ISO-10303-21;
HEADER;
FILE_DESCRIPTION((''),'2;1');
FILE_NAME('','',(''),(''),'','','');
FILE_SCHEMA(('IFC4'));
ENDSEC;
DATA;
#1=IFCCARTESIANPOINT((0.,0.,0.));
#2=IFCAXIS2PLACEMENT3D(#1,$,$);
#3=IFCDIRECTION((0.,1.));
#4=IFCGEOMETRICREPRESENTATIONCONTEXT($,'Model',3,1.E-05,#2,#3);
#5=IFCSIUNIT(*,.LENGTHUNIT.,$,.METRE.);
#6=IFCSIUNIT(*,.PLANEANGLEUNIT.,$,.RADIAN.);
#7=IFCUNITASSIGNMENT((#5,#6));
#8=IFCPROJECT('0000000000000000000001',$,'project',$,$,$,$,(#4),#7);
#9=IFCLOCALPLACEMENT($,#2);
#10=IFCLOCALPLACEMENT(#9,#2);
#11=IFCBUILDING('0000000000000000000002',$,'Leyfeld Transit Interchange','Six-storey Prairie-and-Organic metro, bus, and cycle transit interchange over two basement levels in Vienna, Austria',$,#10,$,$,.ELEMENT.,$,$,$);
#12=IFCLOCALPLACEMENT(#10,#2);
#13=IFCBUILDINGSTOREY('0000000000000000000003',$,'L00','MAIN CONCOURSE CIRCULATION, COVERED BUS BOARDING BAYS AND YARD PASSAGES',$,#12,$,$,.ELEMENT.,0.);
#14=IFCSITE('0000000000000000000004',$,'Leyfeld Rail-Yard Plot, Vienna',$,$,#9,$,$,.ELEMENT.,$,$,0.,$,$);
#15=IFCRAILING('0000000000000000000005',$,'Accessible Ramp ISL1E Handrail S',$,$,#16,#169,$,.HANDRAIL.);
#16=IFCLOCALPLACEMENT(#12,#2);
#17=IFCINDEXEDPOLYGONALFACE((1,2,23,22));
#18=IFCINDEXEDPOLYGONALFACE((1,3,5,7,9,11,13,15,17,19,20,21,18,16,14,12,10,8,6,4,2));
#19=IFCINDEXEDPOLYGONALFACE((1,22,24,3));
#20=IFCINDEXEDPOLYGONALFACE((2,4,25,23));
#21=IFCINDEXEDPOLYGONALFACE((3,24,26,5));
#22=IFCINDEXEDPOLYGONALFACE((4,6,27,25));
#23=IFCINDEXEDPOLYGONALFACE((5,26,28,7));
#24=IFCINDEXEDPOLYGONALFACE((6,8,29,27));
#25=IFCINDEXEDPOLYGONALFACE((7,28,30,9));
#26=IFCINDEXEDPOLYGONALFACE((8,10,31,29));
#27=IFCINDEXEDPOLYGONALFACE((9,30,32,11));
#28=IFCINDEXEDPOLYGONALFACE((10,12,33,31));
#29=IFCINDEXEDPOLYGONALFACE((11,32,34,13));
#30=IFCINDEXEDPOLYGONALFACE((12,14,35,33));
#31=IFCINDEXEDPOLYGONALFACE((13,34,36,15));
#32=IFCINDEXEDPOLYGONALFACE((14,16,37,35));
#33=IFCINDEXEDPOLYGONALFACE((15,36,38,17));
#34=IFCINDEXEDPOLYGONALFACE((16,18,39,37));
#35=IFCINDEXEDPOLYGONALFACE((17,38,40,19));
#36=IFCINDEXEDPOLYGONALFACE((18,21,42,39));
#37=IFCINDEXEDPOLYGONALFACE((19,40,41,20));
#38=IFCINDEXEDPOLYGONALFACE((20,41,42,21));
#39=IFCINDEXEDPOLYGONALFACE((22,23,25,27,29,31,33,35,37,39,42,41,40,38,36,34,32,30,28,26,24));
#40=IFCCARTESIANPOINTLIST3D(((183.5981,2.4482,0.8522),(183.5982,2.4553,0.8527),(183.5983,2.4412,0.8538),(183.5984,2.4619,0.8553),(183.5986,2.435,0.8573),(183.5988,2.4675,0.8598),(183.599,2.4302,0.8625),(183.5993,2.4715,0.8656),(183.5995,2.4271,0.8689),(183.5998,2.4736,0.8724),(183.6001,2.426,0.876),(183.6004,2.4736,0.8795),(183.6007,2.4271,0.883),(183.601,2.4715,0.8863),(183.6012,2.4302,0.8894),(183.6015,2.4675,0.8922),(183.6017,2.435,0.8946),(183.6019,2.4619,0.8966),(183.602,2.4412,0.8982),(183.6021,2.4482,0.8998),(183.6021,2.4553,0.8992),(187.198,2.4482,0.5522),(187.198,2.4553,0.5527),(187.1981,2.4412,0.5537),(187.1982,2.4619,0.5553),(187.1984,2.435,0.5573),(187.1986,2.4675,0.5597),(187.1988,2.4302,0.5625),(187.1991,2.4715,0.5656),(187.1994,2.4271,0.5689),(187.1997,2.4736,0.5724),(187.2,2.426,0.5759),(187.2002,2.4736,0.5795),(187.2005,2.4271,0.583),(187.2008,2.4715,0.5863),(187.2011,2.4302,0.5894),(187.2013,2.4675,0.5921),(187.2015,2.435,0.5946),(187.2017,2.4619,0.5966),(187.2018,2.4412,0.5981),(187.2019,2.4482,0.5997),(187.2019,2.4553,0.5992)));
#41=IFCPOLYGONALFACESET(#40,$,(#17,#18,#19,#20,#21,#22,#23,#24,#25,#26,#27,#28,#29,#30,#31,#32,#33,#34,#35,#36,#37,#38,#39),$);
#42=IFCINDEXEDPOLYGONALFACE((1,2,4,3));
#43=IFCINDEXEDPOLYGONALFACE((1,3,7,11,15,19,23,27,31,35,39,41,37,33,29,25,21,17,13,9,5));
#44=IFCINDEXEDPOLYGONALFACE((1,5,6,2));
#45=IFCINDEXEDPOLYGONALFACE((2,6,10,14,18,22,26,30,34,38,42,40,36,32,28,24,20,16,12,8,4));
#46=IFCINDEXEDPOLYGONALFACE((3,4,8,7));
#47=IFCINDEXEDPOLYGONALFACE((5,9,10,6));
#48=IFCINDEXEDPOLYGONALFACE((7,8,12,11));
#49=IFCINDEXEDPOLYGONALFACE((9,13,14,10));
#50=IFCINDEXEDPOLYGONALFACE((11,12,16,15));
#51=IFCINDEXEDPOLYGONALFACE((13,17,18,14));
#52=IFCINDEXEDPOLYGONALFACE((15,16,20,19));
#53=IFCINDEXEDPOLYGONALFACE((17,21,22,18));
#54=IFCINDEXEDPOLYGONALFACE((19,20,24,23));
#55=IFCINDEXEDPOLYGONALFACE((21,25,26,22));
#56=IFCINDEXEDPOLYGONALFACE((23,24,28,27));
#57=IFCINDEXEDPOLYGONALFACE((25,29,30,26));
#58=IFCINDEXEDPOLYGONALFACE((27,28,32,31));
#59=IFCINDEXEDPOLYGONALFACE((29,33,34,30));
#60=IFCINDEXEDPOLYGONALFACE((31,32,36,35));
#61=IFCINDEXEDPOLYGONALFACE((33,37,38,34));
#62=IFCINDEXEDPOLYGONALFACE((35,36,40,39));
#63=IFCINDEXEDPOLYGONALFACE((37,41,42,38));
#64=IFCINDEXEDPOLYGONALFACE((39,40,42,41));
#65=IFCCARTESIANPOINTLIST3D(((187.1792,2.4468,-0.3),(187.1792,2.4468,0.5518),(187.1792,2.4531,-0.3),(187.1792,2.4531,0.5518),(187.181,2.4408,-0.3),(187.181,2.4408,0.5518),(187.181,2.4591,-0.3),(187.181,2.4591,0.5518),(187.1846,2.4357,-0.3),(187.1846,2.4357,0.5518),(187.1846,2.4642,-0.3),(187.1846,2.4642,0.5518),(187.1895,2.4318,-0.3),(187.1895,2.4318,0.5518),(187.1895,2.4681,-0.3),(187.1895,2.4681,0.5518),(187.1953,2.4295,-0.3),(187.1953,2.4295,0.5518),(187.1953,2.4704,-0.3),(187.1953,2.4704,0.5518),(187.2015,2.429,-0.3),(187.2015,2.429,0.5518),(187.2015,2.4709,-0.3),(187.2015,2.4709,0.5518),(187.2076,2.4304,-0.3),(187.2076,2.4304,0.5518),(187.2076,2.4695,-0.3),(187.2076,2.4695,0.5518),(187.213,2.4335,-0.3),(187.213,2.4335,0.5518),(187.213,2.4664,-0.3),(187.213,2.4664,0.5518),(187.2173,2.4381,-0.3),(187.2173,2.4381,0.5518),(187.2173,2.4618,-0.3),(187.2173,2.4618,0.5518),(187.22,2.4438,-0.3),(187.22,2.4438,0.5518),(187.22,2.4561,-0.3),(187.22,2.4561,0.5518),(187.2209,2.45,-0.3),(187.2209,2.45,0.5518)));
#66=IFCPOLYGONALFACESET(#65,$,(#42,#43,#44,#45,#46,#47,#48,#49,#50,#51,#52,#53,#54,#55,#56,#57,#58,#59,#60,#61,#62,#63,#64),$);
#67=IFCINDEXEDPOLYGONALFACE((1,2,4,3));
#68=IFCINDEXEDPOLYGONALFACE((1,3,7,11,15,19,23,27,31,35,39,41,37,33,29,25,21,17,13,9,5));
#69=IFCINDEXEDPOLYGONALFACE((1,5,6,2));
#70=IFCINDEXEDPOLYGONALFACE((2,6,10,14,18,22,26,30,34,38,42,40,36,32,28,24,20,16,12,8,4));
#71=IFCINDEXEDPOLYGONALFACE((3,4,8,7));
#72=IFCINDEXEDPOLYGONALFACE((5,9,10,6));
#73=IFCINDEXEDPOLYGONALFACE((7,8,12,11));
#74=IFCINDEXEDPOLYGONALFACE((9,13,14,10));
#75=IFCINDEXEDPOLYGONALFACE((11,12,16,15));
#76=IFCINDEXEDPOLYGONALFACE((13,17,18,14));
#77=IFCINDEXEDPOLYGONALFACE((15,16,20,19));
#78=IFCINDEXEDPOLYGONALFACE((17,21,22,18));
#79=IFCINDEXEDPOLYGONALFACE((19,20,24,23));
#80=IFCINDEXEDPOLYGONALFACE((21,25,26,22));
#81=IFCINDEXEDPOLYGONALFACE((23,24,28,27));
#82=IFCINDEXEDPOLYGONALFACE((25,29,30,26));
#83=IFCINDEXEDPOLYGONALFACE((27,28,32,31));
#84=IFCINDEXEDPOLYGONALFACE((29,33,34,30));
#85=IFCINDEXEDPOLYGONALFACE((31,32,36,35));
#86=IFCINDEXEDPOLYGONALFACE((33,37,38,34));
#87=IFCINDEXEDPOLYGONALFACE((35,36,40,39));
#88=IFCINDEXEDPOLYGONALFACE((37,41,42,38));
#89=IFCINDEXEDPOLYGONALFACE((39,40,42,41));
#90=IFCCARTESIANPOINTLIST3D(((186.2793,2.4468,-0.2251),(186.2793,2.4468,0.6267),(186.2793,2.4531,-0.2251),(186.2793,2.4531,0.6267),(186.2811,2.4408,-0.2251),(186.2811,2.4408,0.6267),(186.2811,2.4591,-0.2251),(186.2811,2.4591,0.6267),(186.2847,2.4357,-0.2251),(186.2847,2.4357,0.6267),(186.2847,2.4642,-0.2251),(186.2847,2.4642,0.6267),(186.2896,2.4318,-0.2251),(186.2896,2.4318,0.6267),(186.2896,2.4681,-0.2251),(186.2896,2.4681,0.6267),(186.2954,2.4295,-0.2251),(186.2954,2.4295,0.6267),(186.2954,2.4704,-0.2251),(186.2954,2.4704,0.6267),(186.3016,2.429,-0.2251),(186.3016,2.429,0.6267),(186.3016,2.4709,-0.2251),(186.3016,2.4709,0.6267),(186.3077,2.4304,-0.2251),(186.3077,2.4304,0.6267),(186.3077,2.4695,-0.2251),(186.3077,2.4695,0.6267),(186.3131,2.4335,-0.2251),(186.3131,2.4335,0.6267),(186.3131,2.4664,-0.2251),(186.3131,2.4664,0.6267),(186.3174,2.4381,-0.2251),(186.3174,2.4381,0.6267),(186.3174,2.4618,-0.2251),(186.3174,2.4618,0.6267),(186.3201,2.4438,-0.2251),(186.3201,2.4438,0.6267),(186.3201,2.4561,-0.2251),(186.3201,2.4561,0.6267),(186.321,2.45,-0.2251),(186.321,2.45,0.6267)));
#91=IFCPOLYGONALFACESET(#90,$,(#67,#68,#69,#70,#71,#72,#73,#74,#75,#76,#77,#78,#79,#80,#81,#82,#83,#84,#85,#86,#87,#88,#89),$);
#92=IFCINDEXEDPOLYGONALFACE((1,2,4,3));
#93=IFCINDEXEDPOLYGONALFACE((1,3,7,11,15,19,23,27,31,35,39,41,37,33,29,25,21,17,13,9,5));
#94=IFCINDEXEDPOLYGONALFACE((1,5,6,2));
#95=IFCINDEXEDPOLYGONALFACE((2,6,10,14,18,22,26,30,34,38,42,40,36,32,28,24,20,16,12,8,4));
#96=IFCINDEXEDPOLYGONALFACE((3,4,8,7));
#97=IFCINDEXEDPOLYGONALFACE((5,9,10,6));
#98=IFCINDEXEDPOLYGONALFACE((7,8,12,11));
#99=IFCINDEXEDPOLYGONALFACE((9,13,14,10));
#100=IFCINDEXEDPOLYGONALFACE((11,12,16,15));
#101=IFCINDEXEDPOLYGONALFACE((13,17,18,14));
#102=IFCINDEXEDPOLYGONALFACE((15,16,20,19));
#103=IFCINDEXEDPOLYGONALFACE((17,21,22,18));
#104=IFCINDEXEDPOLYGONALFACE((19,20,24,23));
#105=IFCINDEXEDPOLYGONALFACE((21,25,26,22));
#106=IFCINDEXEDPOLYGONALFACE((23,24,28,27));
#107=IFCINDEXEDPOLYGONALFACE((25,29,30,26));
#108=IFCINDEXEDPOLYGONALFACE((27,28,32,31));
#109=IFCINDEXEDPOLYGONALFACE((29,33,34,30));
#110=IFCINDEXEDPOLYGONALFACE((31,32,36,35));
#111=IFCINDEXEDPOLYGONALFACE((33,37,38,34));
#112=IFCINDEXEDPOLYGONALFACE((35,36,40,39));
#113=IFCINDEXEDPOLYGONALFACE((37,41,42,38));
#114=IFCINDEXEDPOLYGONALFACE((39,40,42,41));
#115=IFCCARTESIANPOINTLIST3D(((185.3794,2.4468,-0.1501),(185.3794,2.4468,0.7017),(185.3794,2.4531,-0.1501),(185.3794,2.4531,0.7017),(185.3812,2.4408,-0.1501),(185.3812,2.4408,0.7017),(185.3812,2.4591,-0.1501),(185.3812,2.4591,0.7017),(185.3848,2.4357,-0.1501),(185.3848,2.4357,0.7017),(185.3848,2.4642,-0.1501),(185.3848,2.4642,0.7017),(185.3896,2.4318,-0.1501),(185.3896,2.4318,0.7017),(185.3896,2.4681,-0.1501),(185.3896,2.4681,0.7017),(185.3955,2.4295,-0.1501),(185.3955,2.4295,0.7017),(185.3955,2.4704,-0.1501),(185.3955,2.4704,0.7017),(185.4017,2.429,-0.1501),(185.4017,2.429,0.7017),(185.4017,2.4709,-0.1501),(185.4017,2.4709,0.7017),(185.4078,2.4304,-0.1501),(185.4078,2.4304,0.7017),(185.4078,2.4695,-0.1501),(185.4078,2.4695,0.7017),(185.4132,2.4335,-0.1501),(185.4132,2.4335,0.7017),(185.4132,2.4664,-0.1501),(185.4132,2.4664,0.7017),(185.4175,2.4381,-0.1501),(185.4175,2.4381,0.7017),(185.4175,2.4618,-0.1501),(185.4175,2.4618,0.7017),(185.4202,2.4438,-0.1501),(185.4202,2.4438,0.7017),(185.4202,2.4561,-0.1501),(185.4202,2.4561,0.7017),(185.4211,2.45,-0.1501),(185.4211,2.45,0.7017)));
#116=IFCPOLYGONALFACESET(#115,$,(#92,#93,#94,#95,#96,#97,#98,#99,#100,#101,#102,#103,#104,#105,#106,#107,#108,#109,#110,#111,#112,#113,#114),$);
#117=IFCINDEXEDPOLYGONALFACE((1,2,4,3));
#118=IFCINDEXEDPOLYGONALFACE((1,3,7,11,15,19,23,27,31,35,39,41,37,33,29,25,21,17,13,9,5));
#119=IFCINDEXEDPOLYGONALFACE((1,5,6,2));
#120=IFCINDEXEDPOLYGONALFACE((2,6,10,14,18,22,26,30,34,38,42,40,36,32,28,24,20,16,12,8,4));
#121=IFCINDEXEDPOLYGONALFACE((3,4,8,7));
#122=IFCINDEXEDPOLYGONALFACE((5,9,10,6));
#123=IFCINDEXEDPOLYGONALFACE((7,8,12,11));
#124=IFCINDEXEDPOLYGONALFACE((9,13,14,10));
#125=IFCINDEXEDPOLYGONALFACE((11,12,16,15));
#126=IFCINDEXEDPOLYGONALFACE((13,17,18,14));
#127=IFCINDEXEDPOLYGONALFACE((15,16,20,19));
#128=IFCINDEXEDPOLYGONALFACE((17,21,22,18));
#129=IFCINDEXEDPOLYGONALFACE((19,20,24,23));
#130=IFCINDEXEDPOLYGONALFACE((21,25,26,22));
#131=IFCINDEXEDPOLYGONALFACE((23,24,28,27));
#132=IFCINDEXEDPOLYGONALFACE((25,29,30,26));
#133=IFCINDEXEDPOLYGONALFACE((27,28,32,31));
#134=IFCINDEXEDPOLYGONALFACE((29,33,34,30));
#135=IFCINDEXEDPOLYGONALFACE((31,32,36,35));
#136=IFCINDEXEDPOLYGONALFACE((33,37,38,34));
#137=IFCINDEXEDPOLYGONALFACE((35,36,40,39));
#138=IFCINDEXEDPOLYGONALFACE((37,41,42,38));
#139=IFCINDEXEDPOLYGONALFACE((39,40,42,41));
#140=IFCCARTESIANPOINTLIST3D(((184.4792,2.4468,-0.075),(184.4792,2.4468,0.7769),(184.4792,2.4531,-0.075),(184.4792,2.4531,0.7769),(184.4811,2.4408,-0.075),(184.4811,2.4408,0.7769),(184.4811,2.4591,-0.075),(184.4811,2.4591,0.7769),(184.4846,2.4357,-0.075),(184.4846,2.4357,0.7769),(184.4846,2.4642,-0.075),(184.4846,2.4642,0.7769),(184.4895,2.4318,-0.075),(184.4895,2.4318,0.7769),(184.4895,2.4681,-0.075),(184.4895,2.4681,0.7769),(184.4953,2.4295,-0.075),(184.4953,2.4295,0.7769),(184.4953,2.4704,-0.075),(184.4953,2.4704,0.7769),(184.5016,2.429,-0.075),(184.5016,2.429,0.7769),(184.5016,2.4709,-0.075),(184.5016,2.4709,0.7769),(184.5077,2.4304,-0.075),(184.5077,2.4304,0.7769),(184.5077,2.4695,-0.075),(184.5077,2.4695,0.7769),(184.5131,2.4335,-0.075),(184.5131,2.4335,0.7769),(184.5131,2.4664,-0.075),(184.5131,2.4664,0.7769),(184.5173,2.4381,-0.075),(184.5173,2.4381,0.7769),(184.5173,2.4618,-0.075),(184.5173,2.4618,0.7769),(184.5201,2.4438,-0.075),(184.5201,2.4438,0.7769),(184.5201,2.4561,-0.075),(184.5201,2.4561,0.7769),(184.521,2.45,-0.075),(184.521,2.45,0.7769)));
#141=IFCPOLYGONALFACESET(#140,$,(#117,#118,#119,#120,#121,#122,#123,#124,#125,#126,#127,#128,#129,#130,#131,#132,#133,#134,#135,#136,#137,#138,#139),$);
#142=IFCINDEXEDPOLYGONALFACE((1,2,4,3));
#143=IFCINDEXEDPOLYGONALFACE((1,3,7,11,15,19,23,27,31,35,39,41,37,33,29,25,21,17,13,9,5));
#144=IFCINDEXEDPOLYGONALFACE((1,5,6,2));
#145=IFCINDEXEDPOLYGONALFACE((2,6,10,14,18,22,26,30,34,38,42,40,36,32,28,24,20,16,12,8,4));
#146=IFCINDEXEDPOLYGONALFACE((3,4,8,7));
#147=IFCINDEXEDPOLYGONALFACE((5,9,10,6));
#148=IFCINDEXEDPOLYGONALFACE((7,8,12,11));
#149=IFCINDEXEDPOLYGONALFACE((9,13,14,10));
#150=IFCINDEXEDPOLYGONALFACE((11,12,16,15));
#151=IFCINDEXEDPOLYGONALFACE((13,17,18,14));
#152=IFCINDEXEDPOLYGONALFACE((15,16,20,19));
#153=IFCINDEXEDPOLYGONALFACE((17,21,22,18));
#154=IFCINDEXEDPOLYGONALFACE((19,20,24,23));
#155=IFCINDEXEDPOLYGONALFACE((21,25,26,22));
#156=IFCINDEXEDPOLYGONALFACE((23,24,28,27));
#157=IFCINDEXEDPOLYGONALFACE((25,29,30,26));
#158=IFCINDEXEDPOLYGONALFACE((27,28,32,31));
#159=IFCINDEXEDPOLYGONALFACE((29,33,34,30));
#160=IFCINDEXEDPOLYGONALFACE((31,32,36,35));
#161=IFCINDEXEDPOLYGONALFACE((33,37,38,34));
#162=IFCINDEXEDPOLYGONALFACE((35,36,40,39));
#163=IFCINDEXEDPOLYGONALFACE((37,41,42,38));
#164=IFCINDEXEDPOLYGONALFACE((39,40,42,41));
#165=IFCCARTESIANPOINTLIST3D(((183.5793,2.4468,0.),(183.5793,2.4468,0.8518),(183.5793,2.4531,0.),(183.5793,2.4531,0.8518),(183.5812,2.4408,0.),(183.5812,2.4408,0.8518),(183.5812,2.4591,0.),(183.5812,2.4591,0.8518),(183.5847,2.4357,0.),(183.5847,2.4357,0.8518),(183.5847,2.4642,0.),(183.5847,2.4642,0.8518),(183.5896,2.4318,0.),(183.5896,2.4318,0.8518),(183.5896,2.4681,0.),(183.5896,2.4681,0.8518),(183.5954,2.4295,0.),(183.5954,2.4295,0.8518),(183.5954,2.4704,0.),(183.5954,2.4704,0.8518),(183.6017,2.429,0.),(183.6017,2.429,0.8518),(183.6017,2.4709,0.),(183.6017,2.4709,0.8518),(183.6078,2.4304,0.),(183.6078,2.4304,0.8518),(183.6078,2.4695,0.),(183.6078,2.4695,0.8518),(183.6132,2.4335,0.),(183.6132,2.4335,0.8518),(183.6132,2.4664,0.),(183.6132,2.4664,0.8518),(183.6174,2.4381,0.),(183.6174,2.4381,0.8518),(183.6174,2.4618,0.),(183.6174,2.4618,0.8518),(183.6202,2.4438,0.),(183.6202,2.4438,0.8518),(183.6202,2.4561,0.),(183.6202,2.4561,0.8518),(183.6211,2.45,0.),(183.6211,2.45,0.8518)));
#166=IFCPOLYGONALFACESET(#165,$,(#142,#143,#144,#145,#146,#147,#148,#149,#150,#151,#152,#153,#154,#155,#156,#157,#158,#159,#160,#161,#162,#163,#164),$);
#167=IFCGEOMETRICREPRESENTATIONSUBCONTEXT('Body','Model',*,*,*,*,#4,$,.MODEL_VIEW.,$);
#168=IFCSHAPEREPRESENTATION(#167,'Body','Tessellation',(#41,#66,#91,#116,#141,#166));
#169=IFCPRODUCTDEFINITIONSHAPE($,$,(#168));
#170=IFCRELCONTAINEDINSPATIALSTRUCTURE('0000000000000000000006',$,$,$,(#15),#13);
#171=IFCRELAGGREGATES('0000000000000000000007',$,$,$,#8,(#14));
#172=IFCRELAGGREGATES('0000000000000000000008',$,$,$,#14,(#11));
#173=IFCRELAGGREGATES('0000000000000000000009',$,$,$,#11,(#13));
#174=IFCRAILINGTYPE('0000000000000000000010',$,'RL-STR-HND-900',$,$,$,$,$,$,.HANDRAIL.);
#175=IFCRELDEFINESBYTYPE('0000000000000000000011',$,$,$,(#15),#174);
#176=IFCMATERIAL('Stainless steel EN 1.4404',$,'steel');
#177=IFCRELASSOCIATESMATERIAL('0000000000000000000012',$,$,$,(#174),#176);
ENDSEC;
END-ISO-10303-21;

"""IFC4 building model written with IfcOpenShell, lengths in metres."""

from ifc_helpers import new_model, si_unit, direction, frame, origin, origin_2d, place, context, subcontext, project, spatial, circle, extrude, material, type_object, element, save


model = new_model("IFC4")

# Units and contexts
model_context = context("Model", 3, precision=1e-05, world=origin(), true_north=direction((0.0, 1.0)))
body_context = subcontext(model_context, "Body", "Model", "MODEL_VIEW")
ifc_project = project(units=[si_unit("LENGTHUNIT", "METRE"), si_unit("PLANEANGLEUNIT", "RADIAN")], contexts=[model_context])

# Site, building, storey
site_placement = place(None, origin())
site = spatial("IfcSite", under=ifc_project, at=site_placement, Name="Leyfeld Rail-Yard Plot, Vienna", CompositionType="ELEMENT", RefElevation=0.0)
building_placement = place(site_placement, origin())
building = spatial("IfcBuilding", under=site, at=building_placement, Name="Leyfeld Transit Interchange", Description="Six-storey Prairie-and-Organic metro, bus, and cycle transit interchange over two basement levels in Vienna, Austria", CompositionType="ELEMENT")
storey_placement = place(building_placement, origin())
storey = spatial("IfcBuildingStorey", under=building, at=storey_placement, Name="L00", Description="MAIN CONCOURSE CIRCULATION, COVERED BUS BOARDING BAYS AND YARD PASSAGES", CompositionType="ELEMENT", Elevation=0.0)

# Railing
ifc_material_1 = material(Name="Stainless steel EN 1.4404", Category="steel")
railing_type = type_object("IfcRailingType", Name="RL-STR-HND-900", PredefinedType="HANDRAIL", material=ifc_material_1)
for number, where, name in (
    (1, (187.2, 2.45, -0.3), "Accessible Ramp ISL1E Handrail S"),
):
    element("IfcRailing", number, at=place(storey_placement, frame(where)), inside=storey, type_object=railing_type, Name=name, PredefinedType="HANDRAIL", context=body_context, shape_type="SweptSolid", body=[
        extrude(circle(Radius=0.0239, at=origin_2d()), frame((0.0, 0.0, 0.876), z_axis=(-0.996544, 0.0, 0.083062), x_axis=(0.0, -1.0, 0.0)), (0.0, 0.0, 1.0), 3.6123),
        extrude(circle(Radius=0.021, at=origin_2d()), origin(), (0.0, 0.0, 1.0), 0.8518),
        extrude(circle(Radius=0.021, at=origin_2d()), frame((-0.8999, 0.0, 0.075)), (0.0, 0.0, 1.0), 0.8518),
        extrude(circle(Radius=0.021, at=origin_2d()), frame((-1.7998, 0.0, 0.1499)), (0.0, 0.0, 1.0), 0.8518),
        extrude(circle(Radius=0.021, at=origin_2d()), frame((-2.7, 0.0, 0.2251)), (0.0, 0.0, 1.0), 0.8518),
        extrude(circle(Radius=0.021, at=origin_2d()), frame((-3.5999, 0.0, 0.3)), (0.0, 0.0, 1.0), 0.8518),
    ])

save(model, "model.ifc")
